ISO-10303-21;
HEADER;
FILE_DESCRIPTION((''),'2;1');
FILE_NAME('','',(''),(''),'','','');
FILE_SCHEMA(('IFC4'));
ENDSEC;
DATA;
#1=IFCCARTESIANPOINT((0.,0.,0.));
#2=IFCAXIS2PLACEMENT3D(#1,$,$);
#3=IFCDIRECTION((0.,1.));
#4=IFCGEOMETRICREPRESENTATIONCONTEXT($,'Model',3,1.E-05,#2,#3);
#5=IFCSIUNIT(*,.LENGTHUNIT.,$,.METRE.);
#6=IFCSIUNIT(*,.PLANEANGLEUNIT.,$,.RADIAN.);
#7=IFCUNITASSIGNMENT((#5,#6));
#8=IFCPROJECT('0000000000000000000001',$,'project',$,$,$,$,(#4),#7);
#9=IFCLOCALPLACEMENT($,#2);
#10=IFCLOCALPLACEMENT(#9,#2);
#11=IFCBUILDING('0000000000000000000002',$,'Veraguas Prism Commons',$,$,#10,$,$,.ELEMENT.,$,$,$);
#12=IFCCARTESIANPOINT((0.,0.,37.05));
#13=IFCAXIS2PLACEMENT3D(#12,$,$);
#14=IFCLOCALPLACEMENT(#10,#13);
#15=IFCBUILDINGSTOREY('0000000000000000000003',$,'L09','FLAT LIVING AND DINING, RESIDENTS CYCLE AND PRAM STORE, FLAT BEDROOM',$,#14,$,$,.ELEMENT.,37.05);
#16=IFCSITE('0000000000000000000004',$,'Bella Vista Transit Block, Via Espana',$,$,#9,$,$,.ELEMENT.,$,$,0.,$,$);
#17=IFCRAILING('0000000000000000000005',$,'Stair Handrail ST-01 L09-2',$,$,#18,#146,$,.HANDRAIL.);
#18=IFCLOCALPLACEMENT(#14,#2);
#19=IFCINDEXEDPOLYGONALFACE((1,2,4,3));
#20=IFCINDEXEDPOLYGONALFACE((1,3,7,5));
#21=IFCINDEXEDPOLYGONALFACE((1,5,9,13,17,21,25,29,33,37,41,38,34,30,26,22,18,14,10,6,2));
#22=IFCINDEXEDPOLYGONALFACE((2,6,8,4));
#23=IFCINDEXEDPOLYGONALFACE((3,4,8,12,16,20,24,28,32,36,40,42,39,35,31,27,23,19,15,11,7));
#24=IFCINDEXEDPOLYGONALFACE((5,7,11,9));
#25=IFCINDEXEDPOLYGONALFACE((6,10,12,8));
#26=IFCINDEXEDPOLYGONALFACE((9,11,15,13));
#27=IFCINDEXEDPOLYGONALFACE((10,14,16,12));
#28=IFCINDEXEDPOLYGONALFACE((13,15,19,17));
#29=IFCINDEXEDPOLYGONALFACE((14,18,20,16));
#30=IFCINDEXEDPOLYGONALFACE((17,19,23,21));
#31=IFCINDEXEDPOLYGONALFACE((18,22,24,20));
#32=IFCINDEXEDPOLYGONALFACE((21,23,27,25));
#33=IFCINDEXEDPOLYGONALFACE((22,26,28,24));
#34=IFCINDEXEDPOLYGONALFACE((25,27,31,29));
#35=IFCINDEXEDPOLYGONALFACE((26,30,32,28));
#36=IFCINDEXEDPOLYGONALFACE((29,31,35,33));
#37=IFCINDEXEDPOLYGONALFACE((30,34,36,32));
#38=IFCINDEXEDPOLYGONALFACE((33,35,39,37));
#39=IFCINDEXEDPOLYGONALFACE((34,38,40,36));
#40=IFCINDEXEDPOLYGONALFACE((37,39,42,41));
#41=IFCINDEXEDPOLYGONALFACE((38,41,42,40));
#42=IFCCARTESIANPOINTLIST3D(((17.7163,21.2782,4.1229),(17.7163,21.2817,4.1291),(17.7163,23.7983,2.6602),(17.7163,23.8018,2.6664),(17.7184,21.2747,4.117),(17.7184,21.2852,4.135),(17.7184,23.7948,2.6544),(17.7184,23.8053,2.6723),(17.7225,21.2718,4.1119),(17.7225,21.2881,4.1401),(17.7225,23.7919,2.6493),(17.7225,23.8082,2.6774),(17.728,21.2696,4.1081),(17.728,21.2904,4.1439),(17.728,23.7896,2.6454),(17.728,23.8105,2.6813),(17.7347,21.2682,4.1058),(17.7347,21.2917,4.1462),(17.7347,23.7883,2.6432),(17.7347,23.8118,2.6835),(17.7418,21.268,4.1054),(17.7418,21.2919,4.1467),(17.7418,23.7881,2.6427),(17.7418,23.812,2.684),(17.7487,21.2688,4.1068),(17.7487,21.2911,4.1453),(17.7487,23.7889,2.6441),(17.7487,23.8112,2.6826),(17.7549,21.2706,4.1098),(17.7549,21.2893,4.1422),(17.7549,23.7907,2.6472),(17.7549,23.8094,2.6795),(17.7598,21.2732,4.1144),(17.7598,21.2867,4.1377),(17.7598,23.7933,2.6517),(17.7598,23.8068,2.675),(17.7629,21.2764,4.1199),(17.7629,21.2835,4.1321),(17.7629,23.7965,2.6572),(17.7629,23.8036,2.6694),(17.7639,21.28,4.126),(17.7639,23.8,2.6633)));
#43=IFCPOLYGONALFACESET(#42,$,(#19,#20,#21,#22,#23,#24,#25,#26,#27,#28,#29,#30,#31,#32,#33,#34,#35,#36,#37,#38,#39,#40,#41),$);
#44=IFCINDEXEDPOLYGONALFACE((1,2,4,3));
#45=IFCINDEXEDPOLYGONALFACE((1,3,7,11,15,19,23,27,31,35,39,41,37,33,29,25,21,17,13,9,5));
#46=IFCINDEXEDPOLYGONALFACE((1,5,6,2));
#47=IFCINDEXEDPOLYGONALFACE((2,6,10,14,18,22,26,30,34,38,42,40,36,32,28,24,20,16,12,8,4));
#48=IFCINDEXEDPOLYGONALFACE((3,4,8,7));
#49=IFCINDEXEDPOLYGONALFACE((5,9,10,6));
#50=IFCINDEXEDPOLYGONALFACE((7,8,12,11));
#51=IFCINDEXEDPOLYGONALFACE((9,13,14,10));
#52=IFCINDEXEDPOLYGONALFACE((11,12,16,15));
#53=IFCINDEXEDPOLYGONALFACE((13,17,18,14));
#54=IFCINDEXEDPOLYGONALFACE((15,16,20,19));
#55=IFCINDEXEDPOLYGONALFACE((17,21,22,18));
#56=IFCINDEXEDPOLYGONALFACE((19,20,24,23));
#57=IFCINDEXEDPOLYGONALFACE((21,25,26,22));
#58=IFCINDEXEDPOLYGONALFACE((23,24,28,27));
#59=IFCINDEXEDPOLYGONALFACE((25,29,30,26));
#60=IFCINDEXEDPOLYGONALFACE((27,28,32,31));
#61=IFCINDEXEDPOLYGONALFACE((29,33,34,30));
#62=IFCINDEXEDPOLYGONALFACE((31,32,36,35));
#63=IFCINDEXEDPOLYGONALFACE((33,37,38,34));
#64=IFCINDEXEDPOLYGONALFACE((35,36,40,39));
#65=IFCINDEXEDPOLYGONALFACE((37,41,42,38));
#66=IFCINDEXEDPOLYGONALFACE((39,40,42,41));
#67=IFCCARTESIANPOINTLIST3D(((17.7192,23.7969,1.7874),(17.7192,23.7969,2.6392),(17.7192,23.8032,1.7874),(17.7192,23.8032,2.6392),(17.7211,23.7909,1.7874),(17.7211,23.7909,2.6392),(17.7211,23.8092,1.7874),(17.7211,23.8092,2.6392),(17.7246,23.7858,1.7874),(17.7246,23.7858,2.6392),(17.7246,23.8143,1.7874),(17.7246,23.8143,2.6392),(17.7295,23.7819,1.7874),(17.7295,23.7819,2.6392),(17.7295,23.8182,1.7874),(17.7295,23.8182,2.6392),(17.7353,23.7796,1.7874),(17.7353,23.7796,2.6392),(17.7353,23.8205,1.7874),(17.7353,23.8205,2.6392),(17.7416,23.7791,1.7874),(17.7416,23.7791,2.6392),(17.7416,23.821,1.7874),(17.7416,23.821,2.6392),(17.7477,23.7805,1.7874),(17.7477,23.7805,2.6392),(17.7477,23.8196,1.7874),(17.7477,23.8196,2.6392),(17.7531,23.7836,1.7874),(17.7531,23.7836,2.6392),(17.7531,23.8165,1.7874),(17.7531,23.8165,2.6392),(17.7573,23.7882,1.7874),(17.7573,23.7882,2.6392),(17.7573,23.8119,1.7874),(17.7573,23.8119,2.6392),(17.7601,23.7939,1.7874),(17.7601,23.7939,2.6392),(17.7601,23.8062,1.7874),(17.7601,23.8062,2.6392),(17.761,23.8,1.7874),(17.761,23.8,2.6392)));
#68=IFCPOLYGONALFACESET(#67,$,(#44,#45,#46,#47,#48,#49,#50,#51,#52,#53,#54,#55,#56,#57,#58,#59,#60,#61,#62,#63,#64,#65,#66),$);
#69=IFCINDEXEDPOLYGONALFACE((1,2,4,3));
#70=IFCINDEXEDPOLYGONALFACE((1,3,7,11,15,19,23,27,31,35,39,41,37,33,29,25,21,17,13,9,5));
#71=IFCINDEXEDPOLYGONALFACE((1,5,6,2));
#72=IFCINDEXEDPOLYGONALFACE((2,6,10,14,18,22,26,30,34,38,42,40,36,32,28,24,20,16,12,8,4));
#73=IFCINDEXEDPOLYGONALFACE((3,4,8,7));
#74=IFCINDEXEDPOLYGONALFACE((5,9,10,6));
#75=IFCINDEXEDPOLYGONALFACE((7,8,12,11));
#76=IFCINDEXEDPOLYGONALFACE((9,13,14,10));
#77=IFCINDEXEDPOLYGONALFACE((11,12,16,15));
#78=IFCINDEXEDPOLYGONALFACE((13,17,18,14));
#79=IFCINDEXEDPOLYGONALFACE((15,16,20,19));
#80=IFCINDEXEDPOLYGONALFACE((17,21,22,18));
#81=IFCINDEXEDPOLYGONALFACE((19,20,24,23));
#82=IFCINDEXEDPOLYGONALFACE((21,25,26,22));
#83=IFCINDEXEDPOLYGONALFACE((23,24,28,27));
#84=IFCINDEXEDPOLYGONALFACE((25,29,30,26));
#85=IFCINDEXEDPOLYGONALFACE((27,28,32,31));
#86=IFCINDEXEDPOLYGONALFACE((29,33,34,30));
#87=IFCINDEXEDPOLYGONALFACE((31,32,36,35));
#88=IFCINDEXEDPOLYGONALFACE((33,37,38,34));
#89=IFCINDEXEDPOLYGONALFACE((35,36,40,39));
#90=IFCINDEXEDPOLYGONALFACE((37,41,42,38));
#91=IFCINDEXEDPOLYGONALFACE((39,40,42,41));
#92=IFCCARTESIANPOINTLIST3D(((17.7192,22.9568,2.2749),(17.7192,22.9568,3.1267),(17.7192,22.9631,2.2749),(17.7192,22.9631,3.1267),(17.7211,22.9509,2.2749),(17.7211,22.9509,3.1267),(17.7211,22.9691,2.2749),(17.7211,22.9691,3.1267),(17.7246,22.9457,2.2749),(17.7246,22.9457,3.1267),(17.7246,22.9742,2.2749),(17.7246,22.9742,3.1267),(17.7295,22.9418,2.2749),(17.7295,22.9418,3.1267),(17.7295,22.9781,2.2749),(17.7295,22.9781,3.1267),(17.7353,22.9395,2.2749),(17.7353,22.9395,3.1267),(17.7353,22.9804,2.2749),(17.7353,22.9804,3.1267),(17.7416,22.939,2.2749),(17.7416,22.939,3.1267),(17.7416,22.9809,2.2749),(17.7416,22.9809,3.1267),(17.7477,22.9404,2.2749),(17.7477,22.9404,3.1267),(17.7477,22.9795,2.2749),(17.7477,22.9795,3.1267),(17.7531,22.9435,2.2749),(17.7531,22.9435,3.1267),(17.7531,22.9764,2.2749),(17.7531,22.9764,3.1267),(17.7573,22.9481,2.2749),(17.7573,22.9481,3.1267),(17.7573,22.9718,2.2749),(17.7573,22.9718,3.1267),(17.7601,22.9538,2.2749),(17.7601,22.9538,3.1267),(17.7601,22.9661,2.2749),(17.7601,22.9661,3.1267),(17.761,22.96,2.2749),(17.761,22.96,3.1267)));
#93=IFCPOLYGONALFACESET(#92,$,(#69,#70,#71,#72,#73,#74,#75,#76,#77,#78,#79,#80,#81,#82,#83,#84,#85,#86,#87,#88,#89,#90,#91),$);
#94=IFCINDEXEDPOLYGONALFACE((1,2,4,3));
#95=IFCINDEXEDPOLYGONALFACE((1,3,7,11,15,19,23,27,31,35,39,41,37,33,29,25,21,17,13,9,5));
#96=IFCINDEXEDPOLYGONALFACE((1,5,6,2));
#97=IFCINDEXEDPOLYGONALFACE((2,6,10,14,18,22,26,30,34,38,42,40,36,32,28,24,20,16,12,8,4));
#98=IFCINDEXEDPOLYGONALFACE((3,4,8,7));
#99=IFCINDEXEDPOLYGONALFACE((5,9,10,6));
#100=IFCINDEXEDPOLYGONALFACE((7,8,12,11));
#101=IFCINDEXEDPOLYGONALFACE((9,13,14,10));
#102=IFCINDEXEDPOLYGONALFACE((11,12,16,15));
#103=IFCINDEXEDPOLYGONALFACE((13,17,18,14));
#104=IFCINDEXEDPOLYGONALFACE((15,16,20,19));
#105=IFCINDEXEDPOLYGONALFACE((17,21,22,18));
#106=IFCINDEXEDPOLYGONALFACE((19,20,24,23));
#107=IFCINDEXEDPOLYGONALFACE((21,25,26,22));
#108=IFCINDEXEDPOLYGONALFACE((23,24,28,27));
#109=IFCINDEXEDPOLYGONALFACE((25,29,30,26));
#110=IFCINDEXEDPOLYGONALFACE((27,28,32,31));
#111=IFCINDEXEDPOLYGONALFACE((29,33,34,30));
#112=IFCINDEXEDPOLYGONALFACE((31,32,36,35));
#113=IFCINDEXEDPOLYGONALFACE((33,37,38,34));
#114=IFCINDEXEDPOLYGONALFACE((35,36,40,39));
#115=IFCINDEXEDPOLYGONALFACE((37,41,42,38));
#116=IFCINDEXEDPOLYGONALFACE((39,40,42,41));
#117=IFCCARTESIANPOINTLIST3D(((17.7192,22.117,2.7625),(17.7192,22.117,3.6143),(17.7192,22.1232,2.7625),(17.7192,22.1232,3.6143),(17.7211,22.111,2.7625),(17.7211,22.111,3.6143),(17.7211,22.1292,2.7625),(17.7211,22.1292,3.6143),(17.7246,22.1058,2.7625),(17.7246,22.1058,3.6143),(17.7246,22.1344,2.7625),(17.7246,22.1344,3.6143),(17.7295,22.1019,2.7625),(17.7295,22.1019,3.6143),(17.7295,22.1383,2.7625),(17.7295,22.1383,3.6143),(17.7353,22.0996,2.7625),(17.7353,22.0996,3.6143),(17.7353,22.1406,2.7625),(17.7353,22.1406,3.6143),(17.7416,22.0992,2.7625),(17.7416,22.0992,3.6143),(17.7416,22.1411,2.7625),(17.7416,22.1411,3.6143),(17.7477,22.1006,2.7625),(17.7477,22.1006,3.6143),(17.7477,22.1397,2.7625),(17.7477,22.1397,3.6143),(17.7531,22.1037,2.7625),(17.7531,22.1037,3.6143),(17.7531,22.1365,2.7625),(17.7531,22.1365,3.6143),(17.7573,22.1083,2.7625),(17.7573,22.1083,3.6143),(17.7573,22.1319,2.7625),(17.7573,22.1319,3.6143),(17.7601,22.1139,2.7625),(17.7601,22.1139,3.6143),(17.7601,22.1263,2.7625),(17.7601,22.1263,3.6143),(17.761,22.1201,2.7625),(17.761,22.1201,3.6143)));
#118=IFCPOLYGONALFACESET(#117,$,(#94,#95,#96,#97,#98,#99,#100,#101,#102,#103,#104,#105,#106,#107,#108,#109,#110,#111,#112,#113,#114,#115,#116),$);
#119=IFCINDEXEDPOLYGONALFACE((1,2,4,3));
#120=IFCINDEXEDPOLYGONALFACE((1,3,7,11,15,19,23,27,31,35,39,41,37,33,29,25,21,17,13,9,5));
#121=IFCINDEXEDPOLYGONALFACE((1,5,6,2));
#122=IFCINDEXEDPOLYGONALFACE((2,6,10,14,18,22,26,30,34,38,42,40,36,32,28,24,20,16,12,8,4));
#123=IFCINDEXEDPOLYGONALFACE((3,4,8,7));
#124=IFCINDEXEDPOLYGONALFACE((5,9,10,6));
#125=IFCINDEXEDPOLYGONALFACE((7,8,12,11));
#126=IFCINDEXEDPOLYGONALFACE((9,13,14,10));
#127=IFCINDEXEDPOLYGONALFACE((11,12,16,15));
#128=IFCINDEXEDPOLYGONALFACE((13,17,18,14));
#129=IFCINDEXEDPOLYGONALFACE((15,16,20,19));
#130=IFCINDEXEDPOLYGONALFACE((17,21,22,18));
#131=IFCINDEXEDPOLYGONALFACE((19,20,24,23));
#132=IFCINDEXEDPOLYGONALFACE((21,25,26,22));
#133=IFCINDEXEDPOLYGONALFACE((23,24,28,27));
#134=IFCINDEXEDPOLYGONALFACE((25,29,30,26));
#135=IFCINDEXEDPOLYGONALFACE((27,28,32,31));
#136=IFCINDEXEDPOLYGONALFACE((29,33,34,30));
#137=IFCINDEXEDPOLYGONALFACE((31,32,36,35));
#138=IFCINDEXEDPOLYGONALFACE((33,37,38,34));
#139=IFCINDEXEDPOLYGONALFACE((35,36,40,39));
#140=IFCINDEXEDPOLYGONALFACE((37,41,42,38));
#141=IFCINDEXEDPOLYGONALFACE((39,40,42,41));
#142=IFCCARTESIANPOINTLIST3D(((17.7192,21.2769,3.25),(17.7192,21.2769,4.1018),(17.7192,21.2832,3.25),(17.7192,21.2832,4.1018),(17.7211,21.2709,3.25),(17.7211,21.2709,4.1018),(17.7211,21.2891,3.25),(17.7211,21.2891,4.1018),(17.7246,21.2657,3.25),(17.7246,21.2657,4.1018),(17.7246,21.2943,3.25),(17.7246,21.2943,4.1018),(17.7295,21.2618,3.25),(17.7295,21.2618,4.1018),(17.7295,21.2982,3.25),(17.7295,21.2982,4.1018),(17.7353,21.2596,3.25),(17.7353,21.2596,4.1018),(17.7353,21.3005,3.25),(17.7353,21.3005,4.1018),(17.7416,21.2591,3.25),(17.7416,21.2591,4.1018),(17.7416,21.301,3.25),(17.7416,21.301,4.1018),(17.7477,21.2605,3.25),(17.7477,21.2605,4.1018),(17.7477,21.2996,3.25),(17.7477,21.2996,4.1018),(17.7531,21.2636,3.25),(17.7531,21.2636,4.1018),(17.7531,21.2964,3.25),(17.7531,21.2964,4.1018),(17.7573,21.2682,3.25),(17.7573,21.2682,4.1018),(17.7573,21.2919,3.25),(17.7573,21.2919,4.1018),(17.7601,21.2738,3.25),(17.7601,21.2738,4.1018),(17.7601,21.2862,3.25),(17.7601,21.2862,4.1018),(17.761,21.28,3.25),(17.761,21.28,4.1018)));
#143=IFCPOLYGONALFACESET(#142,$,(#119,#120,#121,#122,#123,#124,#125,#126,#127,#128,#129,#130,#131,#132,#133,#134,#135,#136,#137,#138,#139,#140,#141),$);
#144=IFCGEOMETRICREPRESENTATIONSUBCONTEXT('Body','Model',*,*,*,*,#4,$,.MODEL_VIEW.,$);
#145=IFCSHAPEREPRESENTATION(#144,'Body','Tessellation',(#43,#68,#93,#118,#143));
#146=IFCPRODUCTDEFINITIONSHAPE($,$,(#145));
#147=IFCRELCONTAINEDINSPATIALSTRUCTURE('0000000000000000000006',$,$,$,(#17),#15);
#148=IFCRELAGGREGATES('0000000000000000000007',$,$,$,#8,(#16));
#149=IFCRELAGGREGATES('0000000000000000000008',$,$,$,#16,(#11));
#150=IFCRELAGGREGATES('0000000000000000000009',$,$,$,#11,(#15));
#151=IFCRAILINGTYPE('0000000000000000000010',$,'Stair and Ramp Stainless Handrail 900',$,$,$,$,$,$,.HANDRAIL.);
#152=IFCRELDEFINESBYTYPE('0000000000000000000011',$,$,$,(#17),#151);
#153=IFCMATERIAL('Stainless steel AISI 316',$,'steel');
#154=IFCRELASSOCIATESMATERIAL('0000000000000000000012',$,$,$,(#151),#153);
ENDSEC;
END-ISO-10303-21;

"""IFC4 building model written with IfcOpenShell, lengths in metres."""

from ifc_helpers import new_model, si_unit, direction, frame, origin, origin_2d, place, context, subcontext, project, spatial, circle, extrude, material, type_object, element, save


model = new_model("IFC4")

# Units and contexts
model_context = context("Model", 3, precision=1e-05, world=origin(), true_north=direction((0.0, 1.0)))
body_context = subcontext(model_context, "Body", "Model", "MODEL_VIEW")
ifc_project = project(units=[si_unit("LENGTHUNIT", "METRE"), si_unit("PLANEANGLEUNIT", "RADIAN")], contexts=[model_context])

# Site, building, storey
site_placement = place(None, origin())
site = spatial("IfcSite", under=ifc_project, at=site_placement, Name="Bella Vista Transit Block, Via Espana", CompositionType="ELEMENT", RefElevation=0.0)
building_placement = place(site_placement, origin())
building = spatial("IfcBuilding", under=site, at=building_placement, Name="Veraguas Prism Commons", CompositionType="ELEMENT")
storey_placement = place(building_placement, frame((0.0, 0.0, 37.05)))
storey = spatial("IfcBuildingStorey", under=building, at=storey_placement, Name="L09", Description="FLAT LIVING AND DINING, RESIDENTS CYCLE AND PRAM STORE, FLAT BEDROOM", CompositionType="ELEMENT", Elevation=37.05)

# Railing
ifc_material_1 = material(Name="Stainless steel AISI 316", Category="steel")
railing_type_1 = type_object("IfcRailingType", Name="Stair and Ramp Stainless Handrail 900", PredefinedType="HANDRAIL", material=ifc_material_1)
railing_1_placement = place(storey_placement, frame((17.74, 23.8, 1.7874)))
element("IfcRailing", 1, at=railing_1_placement, inside=storey, type_object=railing_type_1, Name="Stair Handrail ST-01 L09-2", PredefinedType="HANDRAIL", context=body_context, shape_type="SweptSolid", body=[
    extrude(circle(Radius=0.0239, at=origin_2d()), frame((0.0, 0.0, 0.876), z_axis=(0.0, -0.864877, 0.501984), x_axis=(1.0, 0.0, 0.0)), (0.0, 0.0, 1.0), 2.9138),
    extrude(circle(Radius=0.021, at=origin_2d()), origin(), (0.0, 0.0, 1.0), 0.8518),
    extrude(circle(Radius=0.021, at=origin_2d()), frame((0.0, -0.8401, 0.4875)), (0.0, 0.0, 1.0), 0.8518),
    extrude(circle(Radius=0.021, at=origin_2d()), frame((0.0, -1.6799, 0.9751)), (0.0, 0.0, 1.0), 0.8518),
    extrude(circle(Radius=0.021, at=origin_2d()), frame((0.0, -2.52, 1.4626)), (0.0, 0.0, 1.0), 0.8518),
])

save(model, "model.ifc")
